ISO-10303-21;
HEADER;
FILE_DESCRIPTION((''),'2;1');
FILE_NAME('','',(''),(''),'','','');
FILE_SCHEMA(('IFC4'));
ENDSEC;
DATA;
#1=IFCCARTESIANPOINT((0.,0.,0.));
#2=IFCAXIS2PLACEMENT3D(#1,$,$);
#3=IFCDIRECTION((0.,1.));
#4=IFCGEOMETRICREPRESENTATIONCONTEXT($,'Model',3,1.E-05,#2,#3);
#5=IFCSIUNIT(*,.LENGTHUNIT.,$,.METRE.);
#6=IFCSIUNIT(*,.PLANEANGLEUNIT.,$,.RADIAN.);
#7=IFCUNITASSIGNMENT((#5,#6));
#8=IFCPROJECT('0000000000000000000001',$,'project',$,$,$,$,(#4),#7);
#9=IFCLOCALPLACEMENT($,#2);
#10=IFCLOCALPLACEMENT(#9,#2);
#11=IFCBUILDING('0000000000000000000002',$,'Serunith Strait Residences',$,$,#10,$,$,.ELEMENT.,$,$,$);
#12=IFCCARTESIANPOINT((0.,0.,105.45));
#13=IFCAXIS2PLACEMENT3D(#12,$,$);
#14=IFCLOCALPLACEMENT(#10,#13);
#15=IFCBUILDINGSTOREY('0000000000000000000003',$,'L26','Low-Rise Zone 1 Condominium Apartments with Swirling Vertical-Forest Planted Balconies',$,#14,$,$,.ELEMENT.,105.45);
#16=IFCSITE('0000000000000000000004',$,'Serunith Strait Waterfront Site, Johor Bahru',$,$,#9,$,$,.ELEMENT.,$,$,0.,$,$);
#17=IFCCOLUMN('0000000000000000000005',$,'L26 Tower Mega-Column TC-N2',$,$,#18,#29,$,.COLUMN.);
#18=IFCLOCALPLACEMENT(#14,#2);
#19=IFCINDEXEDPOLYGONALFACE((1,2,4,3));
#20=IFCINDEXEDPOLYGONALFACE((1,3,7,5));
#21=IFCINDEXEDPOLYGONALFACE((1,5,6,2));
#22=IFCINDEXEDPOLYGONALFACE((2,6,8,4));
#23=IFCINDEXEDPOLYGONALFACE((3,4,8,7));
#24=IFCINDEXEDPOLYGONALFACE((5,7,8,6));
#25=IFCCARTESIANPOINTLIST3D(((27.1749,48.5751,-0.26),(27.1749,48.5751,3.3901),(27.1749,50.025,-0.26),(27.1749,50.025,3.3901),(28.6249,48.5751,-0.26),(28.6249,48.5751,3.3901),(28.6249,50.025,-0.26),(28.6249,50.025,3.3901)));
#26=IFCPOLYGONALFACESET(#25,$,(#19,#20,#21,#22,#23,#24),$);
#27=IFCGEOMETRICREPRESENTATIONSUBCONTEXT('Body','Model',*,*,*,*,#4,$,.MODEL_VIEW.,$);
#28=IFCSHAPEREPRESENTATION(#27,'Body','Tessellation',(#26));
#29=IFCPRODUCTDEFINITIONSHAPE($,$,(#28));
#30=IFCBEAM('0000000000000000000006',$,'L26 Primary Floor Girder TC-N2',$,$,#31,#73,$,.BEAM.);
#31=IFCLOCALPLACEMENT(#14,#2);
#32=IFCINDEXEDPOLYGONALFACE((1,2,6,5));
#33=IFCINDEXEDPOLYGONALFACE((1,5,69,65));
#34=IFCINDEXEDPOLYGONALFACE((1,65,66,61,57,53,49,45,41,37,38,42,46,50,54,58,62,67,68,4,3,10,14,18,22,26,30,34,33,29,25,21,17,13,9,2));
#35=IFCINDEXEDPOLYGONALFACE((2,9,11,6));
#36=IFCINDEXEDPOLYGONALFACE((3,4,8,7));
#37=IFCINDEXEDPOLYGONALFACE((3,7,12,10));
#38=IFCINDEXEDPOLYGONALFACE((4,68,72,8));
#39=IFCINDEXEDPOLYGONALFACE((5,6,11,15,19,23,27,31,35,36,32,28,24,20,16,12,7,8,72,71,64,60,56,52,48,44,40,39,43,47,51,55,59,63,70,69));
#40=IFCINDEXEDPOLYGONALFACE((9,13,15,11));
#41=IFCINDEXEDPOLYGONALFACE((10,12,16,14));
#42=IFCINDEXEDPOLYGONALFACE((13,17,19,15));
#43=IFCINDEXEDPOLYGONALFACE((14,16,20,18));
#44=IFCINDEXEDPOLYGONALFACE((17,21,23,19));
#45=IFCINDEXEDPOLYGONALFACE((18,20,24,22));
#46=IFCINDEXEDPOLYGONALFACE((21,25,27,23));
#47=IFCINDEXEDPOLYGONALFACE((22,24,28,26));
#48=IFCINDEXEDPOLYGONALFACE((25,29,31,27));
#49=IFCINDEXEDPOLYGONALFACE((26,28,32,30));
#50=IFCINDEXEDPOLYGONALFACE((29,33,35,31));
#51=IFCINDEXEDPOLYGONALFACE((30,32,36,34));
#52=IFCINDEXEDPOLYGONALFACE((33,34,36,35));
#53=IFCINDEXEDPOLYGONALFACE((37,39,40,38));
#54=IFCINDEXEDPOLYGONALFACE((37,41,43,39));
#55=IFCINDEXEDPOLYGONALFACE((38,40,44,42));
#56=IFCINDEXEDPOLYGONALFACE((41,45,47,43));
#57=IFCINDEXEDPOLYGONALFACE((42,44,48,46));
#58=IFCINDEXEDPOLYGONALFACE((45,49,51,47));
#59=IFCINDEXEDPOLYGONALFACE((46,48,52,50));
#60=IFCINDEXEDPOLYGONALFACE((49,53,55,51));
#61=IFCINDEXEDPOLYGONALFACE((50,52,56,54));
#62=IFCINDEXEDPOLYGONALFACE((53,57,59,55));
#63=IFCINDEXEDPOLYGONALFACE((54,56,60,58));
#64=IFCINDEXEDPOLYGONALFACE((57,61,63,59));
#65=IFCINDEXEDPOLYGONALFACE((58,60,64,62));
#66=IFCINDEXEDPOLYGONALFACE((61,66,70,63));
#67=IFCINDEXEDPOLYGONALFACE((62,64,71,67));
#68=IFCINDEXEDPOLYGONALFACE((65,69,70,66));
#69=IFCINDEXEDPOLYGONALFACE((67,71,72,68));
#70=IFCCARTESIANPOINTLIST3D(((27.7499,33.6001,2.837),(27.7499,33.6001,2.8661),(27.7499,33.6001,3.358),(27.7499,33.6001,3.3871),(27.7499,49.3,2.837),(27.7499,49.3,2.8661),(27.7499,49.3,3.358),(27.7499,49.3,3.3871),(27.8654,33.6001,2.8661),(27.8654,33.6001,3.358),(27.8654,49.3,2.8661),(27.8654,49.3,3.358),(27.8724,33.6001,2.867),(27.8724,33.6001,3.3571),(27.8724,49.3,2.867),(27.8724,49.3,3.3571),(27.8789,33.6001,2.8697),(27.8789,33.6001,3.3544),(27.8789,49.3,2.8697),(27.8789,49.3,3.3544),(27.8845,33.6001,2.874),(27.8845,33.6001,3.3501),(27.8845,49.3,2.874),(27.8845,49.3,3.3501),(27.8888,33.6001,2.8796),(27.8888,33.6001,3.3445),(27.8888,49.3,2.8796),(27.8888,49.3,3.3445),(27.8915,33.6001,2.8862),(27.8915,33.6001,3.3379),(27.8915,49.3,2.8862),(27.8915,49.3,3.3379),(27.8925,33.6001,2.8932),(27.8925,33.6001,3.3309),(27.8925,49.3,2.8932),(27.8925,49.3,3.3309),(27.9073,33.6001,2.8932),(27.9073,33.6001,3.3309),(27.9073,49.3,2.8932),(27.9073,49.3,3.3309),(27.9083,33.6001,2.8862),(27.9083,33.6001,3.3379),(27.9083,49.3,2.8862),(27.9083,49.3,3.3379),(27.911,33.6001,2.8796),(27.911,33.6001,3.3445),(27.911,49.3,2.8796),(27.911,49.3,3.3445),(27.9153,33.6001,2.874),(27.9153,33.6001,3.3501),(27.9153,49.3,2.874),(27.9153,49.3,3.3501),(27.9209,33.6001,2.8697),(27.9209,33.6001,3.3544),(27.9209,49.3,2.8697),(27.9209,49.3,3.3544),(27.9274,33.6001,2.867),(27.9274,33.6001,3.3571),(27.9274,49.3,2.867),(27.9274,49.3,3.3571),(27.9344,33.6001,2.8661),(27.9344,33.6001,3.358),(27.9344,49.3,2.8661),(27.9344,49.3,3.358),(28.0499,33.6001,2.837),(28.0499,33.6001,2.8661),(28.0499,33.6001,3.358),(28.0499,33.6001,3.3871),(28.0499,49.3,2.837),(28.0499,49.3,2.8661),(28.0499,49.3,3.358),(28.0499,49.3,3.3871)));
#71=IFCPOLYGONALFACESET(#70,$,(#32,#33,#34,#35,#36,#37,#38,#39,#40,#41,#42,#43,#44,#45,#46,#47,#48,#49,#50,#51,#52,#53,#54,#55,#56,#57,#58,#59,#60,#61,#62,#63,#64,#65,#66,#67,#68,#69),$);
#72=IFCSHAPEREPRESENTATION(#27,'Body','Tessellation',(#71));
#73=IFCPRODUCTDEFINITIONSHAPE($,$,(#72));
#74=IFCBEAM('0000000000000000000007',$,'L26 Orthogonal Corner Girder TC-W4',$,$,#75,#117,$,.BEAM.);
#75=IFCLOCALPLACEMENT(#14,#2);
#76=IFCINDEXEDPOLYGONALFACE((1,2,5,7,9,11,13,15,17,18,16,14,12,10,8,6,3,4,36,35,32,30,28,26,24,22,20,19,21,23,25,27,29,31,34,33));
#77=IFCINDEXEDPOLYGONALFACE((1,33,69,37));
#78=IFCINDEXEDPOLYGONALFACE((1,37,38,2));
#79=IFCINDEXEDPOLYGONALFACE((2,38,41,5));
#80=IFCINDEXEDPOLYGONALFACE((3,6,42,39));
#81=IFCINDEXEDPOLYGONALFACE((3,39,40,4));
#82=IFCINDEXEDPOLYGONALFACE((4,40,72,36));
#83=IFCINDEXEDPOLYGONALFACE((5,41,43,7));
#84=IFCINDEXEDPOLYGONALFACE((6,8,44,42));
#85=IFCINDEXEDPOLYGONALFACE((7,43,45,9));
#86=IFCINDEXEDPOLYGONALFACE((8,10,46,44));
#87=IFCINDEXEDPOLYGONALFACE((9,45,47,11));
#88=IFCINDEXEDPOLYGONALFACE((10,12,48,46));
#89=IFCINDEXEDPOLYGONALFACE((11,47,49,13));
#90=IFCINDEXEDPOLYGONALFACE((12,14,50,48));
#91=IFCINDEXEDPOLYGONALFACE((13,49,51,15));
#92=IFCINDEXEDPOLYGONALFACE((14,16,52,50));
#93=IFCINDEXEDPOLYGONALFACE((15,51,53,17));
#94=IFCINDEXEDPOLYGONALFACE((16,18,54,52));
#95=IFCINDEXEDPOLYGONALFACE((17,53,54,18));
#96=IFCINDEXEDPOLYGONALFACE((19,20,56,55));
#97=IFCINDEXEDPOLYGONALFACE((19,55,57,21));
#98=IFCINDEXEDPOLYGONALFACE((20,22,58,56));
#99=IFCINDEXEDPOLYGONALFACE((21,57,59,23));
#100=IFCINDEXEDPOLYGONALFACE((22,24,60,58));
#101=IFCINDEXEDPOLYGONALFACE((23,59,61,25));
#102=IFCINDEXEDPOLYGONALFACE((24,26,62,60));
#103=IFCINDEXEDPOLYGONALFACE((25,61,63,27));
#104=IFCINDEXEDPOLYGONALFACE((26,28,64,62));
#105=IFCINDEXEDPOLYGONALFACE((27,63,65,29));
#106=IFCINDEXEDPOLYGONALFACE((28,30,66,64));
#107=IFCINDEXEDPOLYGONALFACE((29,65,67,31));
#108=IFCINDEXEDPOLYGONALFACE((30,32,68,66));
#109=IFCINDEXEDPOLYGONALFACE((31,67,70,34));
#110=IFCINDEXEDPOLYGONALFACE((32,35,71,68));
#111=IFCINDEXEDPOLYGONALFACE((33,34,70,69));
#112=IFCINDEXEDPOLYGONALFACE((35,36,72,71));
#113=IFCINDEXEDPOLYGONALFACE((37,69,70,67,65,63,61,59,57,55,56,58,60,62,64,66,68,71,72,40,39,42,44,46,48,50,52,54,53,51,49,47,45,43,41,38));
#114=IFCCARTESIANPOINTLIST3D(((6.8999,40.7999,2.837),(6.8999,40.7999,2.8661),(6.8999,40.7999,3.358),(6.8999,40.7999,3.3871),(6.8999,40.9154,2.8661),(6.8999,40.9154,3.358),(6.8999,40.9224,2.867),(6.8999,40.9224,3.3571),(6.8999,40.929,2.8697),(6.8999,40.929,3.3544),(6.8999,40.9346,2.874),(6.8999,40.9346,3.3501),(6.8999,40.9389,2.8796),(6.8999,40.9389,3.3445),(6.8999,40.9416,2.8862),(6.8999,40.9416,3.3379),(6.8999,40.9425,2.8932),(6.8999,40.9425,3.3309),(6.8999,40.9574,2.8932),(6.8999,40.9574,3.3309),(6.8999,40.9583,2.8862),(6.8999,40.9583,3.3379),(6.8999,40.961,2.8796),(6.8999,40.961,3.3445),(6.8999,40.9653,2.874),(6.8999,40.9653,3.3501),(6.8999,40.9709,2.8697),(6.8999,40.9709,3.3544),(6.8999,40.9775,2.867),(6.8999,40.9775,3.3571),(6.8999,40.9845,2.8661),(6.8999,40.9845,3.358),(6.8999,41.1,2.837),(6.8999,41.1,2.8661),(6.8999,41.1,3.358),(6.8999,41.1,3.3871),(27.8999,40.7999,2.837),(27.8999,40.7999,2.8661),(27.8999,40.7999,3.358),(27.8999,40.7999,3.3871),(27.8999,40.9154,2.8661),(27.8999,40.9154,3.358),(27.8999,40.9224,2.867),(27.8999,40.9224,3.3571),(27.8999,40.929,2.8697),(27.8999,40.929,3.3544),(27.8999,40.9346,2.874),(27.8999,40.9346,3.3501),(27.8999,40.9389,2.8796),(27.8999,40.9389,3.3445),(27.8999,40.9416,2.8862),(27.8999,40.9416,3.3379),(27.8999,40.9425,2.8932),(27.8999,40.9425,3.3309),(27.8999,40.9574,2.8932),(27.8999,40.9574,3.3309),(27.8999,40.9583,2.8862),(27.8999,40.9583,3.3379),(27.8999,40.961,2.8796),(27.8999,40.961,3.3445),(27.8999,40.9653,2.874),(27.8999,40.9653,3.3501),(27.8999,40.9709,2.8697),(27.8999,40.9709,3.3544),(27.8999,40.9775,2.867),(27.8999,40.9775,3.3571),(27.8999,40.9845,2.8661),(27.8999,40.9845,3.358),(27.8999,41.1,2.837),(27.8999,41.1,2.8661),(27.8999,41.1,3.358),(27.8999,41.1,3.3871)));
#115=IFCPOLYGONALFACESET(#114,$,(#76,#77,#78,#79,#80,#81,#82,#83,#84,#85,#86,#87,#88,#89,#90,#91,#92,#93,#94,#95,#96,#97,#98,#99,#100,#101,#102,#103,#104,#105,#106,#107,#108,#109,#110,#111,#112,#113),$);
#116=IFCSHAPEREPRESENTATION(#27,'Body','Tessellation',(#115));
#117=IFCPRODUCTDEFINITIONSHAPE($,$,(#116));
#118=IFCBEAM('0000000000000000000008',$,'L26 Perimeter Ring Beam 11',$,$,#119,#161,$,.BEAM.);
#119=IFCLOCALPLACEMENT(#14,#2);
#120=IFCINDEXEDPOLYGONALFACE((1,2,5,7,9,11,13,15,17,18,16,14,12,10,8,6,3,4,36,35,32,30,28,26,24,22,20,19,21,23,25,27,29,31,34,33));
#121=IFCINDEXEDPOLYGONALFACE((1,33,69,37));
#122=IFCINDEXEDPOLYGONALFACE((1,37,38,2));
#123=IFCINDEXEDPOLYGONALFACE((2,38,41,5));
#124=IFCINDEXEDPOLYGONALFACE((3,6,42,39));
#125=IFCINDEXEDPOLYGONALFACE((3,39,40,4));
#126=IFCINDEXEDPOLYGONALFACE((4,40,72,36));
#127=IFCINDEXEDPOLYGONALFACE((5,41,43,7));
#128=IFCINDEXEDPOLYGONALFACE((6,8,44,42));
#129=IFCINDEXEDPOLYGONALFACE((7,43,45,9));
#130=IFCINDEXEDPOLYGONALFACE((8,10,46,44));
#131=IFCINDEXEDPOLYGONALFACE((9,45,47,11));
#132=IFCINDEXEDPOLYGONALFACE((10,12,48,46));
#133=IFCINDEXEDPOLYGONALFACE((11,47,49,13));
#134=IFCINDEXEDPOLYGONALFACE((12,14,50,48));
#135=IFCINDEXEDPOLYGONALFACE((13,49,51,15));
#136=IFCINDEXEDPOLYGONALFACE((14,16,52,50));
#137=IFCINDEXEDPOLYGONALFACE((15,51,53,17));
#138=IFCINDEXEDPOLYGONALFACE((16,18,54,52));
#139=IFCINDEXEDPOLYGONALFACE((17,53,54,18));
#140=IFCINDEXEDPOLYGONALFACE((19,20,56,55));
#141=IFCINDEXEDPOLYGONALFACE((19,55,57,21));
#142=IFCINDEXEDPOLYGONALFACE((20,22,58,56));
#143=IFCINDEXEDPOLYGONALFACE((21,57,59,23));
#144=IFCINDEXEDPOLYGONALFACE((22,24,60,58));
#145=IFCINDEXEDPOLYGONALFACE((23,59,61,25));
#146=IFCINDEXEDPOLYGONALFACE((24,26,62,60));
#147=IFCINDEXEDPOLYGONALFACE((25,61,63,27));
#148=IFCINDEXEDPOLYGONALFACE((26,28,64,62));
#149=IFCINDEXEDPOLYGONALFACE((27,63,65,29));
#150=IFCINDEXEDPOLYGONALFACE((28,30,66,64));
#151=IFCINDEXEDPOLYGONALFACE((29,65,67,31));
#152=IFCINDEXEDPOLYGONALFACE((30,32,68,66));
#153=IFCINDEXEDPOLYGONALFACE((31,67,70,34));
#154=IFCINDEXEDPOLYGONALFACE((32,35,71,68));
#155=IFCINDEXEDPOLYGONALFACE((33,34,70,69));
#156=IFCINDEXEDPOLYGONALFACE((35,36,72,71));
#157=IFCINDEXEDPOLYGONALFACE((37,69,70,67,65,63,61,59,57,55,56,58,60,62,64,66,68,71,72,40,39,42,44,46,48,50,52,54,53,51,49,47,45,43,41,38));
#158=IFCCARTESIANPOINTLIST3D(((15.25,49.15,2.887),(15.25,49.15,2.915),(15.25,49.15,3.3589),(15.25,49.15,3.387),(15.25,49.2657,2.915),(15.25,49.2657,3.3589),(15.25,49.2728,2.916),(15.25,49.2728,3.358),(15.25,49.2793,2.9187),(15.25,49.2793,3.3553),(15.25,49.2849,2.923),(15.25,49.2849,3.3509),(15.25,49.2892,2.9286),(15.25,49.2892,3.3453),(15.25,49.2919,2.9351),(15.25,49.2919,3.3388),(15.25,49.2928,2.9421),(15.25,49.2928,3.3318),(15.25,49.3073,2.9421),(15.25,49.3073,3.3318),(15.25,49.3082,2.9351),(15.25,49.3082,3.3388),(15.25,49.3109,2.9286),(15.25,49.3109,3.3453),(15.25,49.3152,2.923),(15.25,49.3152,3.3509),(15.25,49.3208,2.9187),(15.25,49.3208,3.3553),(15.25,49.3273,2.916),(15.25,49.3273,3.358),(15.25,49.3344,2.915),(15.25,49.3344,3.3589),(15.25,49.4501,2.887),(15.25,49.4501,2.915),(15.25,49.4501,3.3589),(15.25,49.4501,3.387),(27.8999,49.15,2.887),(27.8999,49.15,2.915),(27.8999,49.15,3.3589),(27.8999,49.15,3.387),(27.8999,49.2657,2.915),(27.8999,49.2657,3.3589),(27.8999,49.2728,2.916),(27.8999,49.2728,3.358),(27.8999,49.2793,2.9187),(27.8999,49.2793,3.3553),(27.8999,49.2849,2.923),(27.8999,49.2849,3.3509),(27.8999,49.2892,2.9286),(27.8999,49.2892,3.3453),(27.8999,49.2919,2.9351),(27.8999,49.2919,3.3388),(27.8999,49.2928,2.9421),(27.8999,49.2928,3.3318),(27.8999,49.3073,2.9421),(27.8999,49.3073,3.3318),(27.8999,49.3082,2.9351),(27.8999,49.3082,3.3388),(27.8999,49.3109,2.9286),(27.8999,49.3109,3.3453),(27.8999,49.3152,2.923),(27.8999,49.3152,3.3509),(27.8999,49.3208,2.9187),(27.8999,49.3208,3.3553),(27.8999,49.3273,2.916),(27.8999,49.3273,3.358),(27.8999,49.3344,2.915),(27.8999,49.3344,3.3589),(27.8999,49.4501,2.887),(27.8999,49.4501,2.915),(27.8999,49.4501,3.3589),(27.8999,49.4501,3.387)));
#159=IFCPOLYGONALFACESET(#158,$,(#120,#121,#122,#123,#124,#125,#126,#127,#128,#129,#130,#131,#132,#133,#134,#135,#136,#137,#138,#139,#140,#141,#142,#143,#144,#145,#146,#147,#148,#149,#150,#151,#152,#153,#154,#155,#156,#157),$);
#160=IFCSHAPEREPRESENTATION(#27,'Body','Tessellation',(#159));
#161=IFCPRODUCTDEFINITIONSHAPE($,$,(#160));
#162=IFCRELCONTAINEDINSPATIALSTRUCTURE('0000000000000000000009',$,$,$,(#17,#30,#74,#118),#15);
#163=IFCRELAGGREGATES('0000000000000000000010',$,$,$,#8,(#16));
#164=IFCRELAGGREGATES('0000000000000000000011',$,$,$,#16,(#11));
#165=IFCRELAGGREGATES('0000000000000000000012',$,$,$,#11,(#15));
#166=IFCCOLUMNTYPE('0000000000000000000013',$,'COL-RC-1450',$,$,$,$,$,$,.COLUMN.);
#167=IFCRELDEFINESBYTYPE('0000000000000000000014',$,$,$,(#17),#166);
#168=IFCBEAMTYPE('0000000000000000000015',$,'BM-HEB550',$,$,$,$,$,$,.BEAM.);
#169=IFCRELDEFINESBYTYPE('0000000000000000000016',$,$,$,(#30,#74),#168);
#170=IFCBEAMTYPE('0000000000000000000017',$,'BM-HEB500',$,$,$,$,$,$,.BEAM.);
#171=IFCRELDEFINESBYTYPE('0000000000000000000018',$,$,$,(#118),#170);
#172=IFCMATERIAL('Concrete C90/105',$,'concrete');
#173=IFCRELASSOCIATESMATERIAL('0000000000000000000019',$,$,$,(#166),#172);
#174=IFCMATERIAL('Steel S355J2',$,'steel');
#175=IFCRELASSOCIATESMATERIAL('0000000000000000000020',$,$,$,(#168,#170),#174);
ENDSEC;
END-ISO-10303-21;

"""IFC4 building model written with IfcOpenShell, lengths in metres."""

from ifc_helpers import new_model, si_unit, direction, frame, origin, origin_2d, place, context, subcontext, project, spatial, rectangle, i_section, extrude, source, transform, mapped, material, material_profile, profile_set, type_object, element, save


model = new_model("IFC4")

# Units and contexts
model_context = context("Model", 3, precision=1e-05, world=origin(), true_north=direction((0.0, 1.0)))
body_context = subcontext(model_context, "Body", "Model", "MODEL_VIEW")
ifc_project = project(units=[si_unit("LENGTHUNIT", "METRE"), si_unit("PLANEANGLEUNIT", "RADIAN")], contexts=[model_context])

# Site, building, storey
site_placement = place(None, origin())
site = spatial("IfcSite", under=ifc_project, at=site_placement, Name="Serunith Strait Waterfront Site, Johor Bahru", CompositionType="ELEMENT", RefElevation=0.0)
building_placement = place(site_placement, origin())
building = spatial("IfcBuilding", under=site, at=building_placement, Name="Serunith Strait Residences", CompositionType="ELEMENT")
storey_placement = place(building_placement, frame((0.0, 0.0, 105.45)))
storey = spatial("IfcBuildingStorey", under=building, at=storey_placement, Name="L26", Description="Low-Rise Zone 1 Condominium Apartments with Swirling Vertical-Forest Planted Balconies", CompositionType="ELEMENT", Elevation=105.45)

# Column
ifc_material_1 = material(Name="Concrete C90/105", Category="concrete")
ifc_material_profile_1 = material_profile(ifc_material_1, rectangle(XDim=1.45, YDim=1.45, at=origin_2d()), Name="RC 1450x1450")
ifc_profile_set_1 = profile_set([ifc_material_profile_1], Name="Concrete C90/105")
column_type = type_object("IfcColumnType", Name="COL-RC-1450", PredefinedType="COLUMN", material=ifc_profile_set_1)
shared_shape_1 = source(origin(), body_context, "Body", "SweptSolid", [
    extrude(rectangle(XDim=1.45, YDim=1.45, at=origin_2d()), origin(), (0.0, 0.0, 1.0), 3.6501),
])
column_placement = place(storey_placement, frame((27.8999, 49.3, -0.26), z_axis=(0.0, 0.0, 1.0), x_axis=(1.0, 0.0, 0.0)))
element("IfcColumn", 1, at=column_placement, inside=storey, type_object=column_type, Name="L26 Tower Mega-Column TC-N2", PredefinedType="COLUMN", context=body_context, shape_type="MappedRepresentation", body=[
    mapped(shared_shape_1, transform((0.0, 0.0, 0.0), scale=1.0)),
])

# Beams
ifc_material_2 = material(Name="Steel S355J2", Category="steel")
ifc_material_profile_2 = material_profile(ifc_material_2, i_section(OverallWidth=0.3, OverallDepth=0.55, WebThickness=0.0149, FlangeThickness=0.0291, FilletRadius=0.0271, at=origin_2d()), Name="HEB 550")
ifc_profile_set_2 = profile_set([ifc_material_profile_2], Name="Steel S355J2")
beam_type_1 = type_object("IfcBeamType", Name="BM-HEB550", PredefinedType="BEAM", material=ifc_profile_set_2)
shared_shape_2 = source(origin(), body_context, "Body", "SweptSolid", [
    extrude(i_section(OverallWidth=0.3, OverallDepth=0.55, WebThickness=0.0149, FlangeThickness=0.0291, FilletRadius=0.0271, at=origin_2d()), origin(), (0.0, 0.0, 1.0), 15.7),
])
beam_1_placement = place(storey_placement, frame((27.8999, 33.6001, 3.1121), z_axis=(0.0, 1.0, 0.0), x_axis=(-1.0, 0.0, 0.0)))
element("IfcBeam", 2, at=beam_1_placement, inside=storey, type_object=beam_type_1, Name="L26 Primary Floor Girder TC-N2", PredefinedType="BEAM", context=body_context, shape_type="MappedRepresentation", body=[
    mapped(shared_shape_2, transform((0.0, 0.0, 0.0), scale=1.0)),
])
shared_shape_3 = source(origin(), body_context, "Body", "SweptSolid", [
    extrude(i_section(OverallWidth=0.3, OverallDepth=0.55, WebThickness=0.0149, FlangeThickness=0.0291, FilletRadius=0.0271, at=origin_2d()), origin(), (0.0, 0.0, 1.0), 21.0),
])
beam_2_placement = place(storey_placement, frame((27.8999, 40.95, 3.1121), z_axis=(-1.0, 0.0, 0.0), x_axis=(0.0, -1.0, 0.0)))
element("IfcBeam", 3, at=beam_2_placement, inside=storey, type_object=beam_type_1, Name="L26 Orthogonal Corner Girder TC-W4", PredefinedType="BEAM", context=body_context, shape_type="MappedRepresentation", body=[
    mapped(shared_shape_3, transform((0.0, 0.0, 0.0), scale=1.0)),
])
ifc_material_profile_3 = material_profile(ifc_material_2, i_section(OverallWidth=0.3, OverallDepth=0.5, WebThickness=0.0144, FlangeThickness=0.0281, FilletRadius=0.0271, at=origin_2d()), Name="HEB 500")
ifc_profile_set_3 = profile_set([ifc_material_profile_3], Name="Steel S355J2")
beam_type_2 = type_object("IfcBeamType", Name="BM-HEB500", PredefinedType="BEAM", material=ifc_profile_set_3)
shared_shape_4 = source(origin(), body_context, "Body", "SweptSolid", [
    extrude(i_section(OverallWidth=0.3, OverallDepth=0.5, WebThickness=0.0144, FlangeThickness=0.0281, FilletRadius=0.0271, at=origin_2d()), origin(), (0.0, 0.0, 1.0), 12.6499),
])
beam_3_placement = place(storey_placement, frame((27.8999, 49.3, 3.137), z_axis=(-1.0, 0.0, 0.0), x_axis=(0.0, -1.0, 0.0)))
element("IfcBeam", 4, at=beam_3_placement, inside=storey, type_object=beam_type_2, Name="L26 Perimeter Ring Beam 11", PredefinedType="BEAM", context=body_context, shape_type="MappedRepresentation", body=[
    mapped(shared_shape_4, transform((0.0, 0.0, 0.0), scale=1.0)),
])

save(model, "model.ifc")
